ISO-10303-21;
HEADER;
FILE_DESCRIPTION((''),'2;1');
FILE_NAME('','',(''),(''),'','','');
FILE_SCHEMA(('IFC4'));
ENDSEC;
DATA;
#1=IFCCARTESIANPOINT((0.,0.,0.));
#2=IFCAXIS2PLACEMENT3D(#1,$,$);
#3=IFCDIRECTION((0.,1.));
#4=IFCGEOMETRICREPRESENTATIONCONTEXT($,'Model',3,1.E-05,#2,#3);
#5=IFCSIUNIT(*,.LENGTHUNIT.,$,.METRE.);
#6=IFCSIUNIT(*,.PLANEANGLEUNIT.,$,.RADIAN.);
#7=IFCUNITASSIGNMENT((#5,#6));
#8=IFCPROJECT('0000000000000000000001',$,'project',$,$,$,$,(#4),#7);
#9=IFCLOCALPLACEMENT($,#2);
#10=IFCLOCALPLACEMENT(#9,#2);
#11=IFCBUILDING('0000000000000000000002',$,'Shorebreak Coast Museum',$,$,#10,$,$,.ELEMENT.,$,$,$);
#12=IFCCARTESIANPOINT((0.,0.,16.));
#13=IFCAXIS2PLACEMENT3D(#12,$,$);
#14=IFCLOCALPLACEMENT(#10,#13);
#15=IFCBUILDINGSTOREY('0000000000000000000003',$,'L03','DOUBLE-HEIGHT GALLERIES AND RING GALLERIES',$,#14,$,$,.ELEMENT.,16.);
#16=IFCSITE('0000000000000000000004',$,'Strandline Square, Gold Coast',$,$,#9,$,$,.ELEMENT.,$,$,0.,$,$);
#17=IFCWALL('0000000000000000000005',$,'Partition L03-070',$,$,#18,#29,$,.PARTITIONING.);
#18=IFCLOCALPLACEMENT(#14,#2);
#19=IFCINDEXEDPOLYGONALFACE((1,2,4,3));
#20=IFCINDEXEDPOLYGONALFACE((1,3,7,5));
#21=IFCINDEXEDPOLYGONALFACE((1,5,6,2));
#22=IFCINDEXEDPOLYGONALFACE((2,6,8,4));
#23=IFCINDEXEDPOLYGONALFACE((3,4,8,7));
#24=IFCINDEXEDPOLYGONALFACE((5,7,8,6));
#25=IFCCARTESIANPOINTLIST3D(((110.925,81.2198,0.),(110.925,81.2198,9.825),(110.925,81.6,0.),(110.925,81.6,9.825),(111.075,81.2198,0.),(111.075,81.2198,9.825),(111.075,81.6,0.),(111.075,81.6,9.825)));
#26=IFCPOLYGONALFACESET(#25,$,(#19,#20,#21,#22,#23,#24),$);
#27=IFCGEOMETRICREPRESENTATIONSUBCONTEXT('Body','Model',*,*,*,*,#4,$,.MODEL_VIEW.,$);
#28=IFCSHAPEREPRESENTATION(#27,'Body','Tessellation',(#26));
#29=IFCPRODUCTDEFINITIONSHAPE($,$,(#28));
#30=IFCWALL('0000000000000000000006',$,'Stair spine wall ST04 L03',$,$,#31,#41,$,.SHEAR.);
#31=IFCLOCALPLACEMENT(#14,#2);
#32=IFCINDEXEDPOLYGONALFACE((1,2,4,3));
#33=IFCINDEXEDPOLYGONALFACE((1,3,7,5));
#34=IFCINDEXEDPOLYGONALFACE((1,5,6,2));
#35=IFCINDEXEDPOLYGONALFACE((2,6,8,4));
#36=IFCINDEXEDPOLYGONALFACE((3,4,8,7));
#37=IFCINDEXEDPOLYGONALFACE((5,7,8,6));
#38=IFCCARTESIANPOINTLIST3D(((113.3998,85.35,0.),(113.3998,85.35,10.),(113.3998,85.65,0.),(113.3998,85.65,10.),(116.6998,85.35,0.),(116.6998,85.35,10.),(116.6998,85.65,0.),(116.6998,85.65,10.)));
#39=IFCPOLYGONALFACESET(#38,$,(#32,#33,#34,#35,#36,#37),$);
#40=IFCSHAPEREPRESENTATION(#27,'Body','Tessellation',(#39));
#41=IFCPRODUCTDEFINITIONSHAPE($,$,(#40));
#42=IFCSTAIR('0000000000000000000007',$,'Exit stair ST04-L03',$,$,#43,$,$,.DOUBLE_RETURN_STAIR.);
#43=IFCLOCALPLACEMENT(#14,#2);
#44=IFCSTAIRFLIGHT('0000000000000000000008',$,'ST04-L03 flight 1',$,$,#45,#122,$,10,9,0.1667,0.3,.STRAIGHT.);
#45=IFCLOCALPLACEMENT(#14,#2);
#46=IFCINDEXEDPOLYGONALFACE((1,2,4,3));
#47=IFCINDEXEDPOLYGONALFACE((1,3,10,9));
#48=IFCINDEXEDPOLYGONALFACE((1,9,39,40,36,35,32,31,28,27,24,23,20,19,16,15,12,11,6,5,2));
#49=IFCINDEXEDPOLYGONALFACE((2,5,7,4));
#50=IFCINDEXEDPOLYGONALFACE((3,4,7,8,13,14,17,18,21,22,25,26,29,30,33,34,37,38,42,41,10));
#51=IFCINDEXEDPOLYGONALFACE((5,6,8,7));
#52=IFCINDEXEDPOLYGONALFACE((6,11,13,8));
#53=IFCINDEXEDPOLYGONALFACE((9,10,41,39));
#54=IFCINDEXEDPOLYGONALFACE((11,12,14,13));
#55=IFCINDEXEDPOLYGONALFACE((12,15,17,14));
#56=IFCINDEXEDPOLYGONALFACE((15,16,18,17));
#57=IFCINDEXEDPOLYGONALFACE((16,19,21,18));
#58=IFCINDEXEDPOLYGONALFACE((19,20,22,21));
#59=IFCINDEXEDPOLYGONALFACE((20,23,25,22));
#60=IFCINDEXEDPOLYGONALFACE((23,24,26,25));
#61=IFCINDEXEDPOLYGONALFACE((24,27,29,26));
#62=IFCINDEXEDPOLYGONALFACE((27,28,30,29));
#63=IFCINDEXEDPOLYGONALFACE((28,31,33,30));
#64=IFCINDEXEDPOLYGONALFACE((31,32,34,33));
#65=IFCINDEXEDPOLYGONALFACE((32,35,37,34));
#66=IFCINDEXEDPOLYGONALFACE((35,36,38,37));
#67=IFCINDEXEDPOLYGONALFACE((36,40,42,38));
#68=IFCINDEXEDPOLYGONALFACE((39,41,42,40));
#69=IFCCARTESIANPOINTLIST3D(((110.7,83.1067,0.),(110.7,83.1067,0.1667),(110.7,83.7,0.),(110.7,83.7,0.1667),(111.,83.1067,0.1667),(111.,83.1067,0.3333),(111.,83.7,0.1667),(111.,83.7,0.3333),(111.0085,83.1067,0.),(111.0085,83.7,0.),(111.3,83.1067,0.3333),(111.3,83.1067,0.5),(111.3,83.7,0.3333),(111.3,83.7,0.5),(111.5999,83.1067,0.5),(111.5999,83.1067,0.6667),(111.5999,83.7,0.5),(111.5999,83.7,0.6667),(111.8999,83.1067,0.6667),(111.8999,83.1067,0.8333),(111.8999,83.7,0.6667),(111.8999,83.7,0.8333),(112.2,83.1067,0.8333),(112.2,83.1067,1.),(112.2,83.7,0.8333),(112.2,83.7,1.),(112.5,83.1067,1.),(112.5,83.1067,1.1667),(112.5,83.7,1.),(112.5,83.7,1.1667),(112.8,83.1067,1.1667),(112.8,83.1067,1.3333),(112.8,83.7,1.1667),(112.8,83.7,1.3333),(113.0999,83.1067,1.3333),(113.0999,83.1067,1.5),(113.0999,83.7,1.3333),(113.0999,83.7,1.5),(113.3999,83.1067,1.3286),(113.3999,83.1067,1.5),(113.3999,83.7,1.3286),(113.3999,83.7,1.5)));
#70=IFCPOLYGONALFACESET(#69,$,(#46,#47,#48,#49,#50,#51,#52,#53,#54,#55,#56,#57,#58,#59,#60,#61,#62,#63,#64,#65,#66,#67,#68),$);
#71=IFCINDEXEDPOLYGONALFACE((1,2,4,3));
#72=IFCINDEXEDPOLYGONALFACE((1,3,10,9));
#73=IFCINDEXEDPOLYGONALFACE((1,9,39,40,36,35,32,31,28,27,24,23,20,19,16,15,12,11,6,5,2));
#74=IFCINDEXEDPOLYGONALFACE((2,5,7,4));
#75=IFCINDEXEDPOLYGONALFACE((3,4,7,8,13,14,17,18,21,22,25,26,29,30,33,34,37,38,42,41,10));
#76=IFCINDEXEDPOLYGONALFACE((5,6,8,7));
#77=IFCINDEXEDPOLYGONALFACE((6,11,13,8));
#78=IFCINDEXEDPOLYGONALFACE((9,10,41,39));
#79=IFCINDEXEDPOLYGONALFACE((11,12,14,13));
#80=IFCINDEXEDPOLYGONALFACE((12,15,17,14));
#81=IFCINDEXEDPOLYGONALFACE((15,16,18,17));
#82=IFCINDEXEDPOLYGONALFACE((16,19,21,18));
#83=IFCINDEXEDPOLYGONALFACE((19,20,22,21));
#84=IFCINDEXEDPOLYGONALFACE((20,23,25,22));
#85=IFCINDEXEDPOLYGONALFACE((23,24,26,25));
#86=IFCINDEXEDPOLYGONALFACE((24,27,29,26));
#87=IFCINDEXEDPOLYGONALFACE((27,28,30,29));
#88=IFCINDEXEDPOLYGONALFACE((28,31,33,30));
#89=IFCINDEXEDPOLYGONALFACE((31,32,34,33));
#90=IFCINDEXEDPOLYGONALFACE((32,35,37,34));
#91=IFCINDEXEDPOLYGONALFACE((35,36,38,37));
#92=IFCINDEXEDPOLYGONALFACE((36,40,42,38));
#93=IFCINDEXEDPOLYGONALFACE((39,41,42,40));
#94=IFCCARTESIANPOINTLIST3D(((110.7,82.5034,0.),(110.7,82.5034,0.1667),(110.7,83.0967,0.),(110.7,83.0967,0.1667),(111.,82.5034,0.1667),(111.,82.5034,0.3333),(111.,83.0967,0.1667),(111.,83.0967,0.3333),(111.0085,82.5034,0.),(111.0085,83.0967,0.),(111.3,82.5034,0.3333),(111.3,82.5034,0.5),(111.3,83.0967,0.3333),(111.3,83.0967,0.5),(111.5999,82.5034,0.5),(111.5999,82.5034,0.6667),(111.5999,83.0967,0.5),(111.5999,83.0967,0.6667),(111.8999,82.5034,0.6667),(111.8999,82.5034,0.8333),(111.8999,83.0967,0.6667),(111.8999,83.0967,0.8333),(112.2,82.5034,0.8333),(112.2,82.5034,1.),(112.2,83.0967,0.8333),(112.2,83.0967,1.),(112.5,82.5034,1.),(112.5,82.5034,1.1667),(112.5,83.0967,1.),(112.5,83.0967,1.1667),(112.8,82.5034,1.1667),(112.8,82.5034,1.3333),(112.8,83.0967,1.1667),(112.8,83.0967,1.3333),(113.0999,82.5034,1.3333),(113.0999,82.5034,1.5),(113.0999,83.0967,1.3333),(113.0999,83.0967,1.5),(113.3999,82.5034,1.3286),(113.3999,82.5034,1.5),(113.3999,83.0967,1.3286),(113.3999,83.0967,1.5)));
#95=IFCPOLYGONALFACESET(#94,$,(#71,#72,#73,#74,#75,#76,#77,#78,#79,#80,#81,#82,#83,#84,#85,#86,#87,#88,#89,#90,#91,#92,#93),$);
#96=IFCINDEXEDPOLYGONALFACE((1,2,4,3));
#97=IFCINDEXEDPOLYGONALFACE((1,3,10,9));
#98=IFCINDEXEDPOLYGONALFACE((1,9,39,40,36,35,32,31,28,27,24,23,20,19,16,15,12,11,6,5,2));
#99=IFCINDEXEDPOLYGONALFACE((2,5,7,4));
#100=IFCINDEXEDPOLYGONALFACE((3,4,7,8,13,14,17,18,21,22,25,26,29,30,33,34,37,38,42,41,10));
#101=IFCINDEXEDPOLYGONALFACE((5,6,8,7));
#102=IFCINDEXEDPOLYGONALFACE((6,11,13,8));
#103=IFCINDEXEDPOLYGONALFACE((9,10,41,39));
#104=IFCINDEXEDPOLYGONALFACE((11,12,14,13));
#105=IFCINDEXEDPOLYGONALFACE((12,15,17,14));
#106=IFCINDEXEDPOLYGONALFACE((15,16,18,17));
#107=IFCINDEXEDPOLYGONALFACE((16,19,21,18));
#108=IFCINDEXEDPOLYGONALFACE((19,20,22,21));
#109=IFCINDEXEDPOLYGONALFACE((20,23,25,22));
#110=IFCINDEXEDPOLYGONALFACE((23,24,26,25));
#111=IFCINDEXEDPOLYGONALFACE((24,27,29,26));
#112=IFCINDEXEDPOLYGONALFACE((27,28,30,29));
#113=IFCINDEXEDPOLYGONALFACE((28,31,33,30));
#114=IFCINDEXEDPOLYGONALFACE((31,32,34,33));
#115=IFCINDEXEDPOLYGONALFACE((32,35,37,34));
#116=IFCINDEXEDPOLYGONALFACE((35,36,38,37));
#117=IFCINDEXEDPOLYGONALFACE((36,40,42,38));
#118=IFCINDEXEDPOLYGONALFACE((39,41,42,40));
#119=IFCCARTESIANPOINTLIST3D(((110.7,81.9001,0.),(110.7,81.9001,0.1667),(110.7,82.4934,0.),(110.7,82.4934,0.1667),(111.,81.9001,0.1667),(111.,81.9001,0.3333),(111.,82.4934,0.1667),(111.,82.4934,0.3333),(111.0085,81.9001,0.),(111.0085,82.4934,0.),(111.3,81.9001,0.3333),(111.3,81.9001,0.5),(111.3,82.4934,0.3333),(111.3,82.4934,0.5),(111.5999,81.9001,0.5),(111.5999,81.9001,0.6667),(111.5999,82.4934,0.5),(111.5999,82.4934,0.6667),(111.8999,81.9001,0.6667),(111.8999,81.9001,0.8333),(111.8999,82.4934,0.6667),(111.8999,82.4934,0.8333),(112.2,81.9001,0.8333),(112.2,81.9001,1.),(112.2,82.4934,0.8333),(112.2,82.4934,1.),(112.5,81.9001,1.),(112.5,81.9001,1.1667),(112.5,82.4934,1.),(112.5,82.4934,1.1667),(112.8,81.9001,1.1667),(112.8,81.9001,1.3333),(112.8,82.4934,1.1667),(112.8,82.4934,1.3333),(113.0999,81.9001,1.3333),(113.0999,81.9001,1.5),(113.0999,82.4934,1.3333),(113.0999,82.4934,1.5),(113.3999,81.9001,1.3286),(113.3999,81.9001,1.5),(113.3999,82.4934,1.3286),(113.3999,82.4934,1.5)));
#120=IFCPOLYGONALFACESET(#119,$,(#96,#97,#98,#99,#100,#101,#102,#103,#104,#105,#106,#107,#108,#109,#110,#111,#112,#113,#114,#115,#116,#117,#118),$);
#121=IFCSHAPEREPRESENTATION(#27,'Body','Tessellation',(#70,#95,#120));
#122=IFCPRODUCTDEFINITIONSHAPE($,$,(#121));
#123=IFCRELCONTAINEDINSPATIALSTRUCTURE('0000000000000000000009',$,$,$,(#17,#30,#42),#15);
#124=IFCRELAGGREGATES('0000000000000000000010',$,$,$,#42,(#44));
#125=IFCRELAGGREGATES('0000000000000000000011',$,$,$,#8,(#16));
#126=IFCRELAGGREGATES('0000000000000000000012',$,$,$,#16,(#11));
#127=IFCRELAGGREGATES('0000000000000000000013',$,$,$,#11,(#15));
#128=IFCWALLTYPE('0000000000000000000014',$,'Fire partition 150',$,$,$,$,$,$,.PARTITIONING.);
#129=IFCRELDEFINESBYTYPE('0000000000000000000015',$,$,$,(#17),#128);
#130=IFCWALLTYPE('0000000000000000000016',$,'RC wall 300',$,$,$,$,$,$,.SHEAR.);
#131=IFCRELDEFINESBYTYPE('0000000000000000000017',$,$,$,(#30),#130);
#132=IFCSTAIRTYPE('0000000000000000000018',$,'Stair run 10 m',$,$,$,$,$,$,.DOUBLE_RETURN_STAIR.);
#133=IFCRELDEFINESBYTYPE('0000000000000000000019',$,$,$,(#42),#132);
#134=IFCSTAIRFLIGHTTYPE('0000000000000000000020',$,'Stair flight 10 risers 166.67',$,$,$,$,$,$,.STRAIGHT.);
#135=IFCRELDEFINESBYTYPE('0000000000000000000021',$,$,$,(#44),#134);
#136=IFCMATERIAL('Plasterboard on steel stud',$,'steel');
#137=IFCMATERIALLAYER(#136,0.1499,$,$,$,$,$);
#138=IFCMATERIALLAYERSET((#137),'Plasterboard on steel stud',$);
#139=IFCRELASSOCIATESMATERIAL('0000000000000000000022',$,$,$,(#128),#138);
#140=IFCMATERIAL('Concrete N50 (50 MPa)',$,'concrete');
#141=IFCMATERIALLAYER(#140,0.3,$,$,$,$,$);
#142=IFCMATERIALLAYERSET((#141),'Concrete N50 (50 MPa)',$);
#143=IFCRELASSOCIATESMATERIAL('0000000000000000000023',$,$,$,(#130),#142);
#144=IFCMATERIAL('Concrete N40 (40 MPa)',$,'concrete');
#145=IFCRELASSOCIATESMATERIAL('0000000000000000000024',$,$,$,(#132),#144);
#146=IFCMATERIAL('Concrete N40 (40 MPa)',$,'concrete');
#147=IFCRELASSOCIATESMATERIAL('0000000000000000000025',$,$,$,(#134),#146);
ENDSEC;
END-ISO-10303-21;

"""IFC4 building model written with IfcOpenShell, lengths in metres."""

from ifc_helpers import new_model, si_unit, direction, frame, frame_2d, origin, place, context, subcontext, project, spatial, polyline, rectangle, outline, extrude, material, layer, layer_set, type_object, element, aggregate, save


model = new_model("IFC4")

# Units and contexts
model_context = context("Model", 3, precision=1e-05, world=origin(), true_north=direction((0.0, 1.0)))
body_context = subcontext(model_context, "Body", "Model", "MODEL_VIEW")
ifc_project = project(units=[si_unit("LENGTHUNIT", "METRE"), si_unit("PLANEANGLEUNIT", "RADIAN")], contexts=[model_context])

# Site, building, storey
site_placement = place(None, origin())
site = spatial("IfcSite", under=ifc_project, at=site_placement, Name="Strandline Square, Gold Coast", CompositionType="ELEMENT", RefElevation=0.0)
building_placement = place(site_placement, origin())
building = spatial("IfcBuilding", under=site, at=building_placement, Name="Shorebreak Coast Museum", CompositionType="ELEMENT")
storey_placement = place(building_placement, frame((0.0, 0.0, 16.0)))
storey = spatial("IfcBuildingStorey", under=building, at=storey_placement, Name="L03", Description="DOUBLE-HEIGHT GALLERIES AND RING GALLERIES", CompositionType="ELEMENT", Elevation=16.0)

# Walls
ifc_material_1 = material(Name="Plasterboard on steel stud", Category="steel")
ifc_layer_1 = layer(ifc_material_1, 0.1499)
ifc_layer_set_1 = layer_set([ifc_layer_1], Name="Plasterboard on steel stud")
wall_type_1 = type_object("IfcWallType", Name="Fire partition 150", PredefinedType="PARTITIONING", material=ifc_layer_set_1)
wall_1_placement = place(storey_placement, frame((111.0, 81.22, 0.0), z_axis=(0.0, 0.0, 1.0), x_axis=(0.0, 1.0, 0.0)))
element("IfcWall", 1, at=wall_1_placement, inside=storey, type_object=wall_type_1, Name="Partition L03-070", PredefinedType="PARTITIONING", context=body_context, shape_type="SweptSolid", body=[
    extrude(rectangle(XDim=0.3801, YDim=0.1499, at=frame_2d((0.1899, 0.0))), origin(), (0.0, 0.0, 1.0), 9.825),
])
ifc_material_2 = material(Name="Concrete N50 (50 MPa)", Category="concrete")
ifc_layer_2 = layer(ifc_material_2, 0.3)
ifc_layer_set_2 = layer_set([ifc_layer_2], Name="Concrete N50 (50 MPa)")
wall_type_2 = type_object("IfcWallType", Name="RC wall 300", PredefinedType="SHEAR", material=ifc_layer_set_2)
wall_2_placement = place(storey_placement, frame((113.3999, 85.5, 0.0), z_axis=(0.0, 0.0, 1.0), x_axis=(1.0, 0.0, 0.0)))
element("IfcWall", 2, at=wall_2_placement, inside=storey, type_object=wall_type_2, Name="Stair spine wall ST04 L03", PredefinedType="SHEAR", context=body_context, shape_type="SweptSolid", body=[
    extrude(rectangle(XDim=3.3, YDim=0.3, at=frame_2d((1.6499, 0.0))), origin(), (0.0, 0.0, 1.0), 10.0),
])

# Stair, stair flight
ifc_material_3 = material(Name="Concrete N40 (40 MPa)", Category="concrete")
stair_type = type_object("IfcStairType", Name="Stair run 10 m", PredefinedType="DOUBLE_RETURN_STAIR", material=ifc_material_3)
stair_placement = place(storey_placement, origin())
stair = element("IfcStair", 3, at=stair_placement, inside=storey, type_object=stair_type, Name="Exit stair ST04-L03", PredefinedType="DOUBLE_RETURN_STAIR")
ifc_material_4 = material(Name="Concrete N40 (40 MPa)", Category="concrete")
stair_flight_type = type_object("IfcStairFlightType", Name="Stair flight 10 risers 166.67", PredefinedType="STRAIGHT", material=ifc_material_4)
stair_flight_1_placement = place(storey_placement, frame((110.7, 82.8, 0.0), z_axis=(0.0, 0.0, 1.0), x_axis=(1.0, 0.0, 0.0)))
stair_flight_1 = element("IfcStairFlight", 4, at=stair_flight_1_placement, type_object=stair_flight_type, Name="ST04-L03 flight 1", NumberOfRisers=10, NumberOfTreads=9, PredefinedType="STRAIGHT", RiserHeight=0.1667, TreadLength=0.3, context=body_context, shape_type="SweptSolid", body=[
    extrude(outline(polyline([(0.0, 0.0), (0.0, 0.1667), (0.3, 0.1667), (0.3, 0.3333), (0.6001, 0.3333), (0.6001, 0.5), (0.8999, 0.5), (0.8999, 0.6667), (1.2, 0.6667), (1.2, 0.8333), (1.5, 0.8333), (1.5, 1.0), (1.8, 1.0), (1.8, 1.1667), (2.1001, 1.1667), (2.1001, 1.3333), (2.3999, 1.3333), (2.3999, 1.5), (2.7, 1.5), (2.7, 1.6667), (2.7, 1.3286), (0.3086, 0.0), (0.0, 0.0)])), frame((0.0, 0.8999, 0.0), z_axis=(0.0, -1.0, 0.0), x_axis=(1.0, 0.0, 0.0)), (0.0, 0.0, 1.0), 0.5933),
    extrude(outline(polyline([(0.0, 0.0), (0.0, 0.1667), (0.3, 0.1667), (0.3, 0.3333), (0.6001, 0.3333), (0.6001, 0.5), (0.8999, 0.5), (0.8999, 0.6667), (1.2, 0.6667), (1.2, 0.8333), (1.5, 0.8333), (1.5, 1.0), (1.8, 1.0), (1.8, 1.1667), (2.1001, 1.1667), (2.1001, 1.3333), (2.3999, 1.3333), (2.3999, 1.5), (2.7, 1.5), (2.7, 1.6667), (2.7, 1.3286), (0.3086, 0.0), (0.0, 0.0)])), frame((0.0, 0.2966, 0.0), z_axis=(0.0, -1.0, 0.0), x_axis=(1.0, 0.0, 0.0)), (0.0, 0.0, 1.0), 0.5933),
    extrude(outline(polyline([(0.0, 0.0), (0.0, 0.1667), (0.3, 0.1667), (0.3, 0.3333), (0.6001, 0.3333), (0.6001, 0.5), (0.8999, 0.5), (0.8999, 0.6667), (1.2, 0.6667), (1.2, 0.8333), (1.5, 0.8333), (1.5, 1.0), (1.8, 1.0), (1.8, 1.1667), (2.1001, 1.1667), (2.1001, 1.3333), (2.3999, 1.3333), (2.3999, 1.5), (2.7, 1.5), (2.7, 1.6667), (2.7, 1.3286), (0.3086, 0.0), (0.0, 0.0)])), frame((0.0, -0.3066, 0.0), z_axis=(0.0, -1.0, 0.0), x_axis=(1.0, 0.0, 0.0)), (0.0, 0.0, 1.0), 0.5933),
])
aggregate(stair, [stair_flight_1])

save(model, "model.ifc")
